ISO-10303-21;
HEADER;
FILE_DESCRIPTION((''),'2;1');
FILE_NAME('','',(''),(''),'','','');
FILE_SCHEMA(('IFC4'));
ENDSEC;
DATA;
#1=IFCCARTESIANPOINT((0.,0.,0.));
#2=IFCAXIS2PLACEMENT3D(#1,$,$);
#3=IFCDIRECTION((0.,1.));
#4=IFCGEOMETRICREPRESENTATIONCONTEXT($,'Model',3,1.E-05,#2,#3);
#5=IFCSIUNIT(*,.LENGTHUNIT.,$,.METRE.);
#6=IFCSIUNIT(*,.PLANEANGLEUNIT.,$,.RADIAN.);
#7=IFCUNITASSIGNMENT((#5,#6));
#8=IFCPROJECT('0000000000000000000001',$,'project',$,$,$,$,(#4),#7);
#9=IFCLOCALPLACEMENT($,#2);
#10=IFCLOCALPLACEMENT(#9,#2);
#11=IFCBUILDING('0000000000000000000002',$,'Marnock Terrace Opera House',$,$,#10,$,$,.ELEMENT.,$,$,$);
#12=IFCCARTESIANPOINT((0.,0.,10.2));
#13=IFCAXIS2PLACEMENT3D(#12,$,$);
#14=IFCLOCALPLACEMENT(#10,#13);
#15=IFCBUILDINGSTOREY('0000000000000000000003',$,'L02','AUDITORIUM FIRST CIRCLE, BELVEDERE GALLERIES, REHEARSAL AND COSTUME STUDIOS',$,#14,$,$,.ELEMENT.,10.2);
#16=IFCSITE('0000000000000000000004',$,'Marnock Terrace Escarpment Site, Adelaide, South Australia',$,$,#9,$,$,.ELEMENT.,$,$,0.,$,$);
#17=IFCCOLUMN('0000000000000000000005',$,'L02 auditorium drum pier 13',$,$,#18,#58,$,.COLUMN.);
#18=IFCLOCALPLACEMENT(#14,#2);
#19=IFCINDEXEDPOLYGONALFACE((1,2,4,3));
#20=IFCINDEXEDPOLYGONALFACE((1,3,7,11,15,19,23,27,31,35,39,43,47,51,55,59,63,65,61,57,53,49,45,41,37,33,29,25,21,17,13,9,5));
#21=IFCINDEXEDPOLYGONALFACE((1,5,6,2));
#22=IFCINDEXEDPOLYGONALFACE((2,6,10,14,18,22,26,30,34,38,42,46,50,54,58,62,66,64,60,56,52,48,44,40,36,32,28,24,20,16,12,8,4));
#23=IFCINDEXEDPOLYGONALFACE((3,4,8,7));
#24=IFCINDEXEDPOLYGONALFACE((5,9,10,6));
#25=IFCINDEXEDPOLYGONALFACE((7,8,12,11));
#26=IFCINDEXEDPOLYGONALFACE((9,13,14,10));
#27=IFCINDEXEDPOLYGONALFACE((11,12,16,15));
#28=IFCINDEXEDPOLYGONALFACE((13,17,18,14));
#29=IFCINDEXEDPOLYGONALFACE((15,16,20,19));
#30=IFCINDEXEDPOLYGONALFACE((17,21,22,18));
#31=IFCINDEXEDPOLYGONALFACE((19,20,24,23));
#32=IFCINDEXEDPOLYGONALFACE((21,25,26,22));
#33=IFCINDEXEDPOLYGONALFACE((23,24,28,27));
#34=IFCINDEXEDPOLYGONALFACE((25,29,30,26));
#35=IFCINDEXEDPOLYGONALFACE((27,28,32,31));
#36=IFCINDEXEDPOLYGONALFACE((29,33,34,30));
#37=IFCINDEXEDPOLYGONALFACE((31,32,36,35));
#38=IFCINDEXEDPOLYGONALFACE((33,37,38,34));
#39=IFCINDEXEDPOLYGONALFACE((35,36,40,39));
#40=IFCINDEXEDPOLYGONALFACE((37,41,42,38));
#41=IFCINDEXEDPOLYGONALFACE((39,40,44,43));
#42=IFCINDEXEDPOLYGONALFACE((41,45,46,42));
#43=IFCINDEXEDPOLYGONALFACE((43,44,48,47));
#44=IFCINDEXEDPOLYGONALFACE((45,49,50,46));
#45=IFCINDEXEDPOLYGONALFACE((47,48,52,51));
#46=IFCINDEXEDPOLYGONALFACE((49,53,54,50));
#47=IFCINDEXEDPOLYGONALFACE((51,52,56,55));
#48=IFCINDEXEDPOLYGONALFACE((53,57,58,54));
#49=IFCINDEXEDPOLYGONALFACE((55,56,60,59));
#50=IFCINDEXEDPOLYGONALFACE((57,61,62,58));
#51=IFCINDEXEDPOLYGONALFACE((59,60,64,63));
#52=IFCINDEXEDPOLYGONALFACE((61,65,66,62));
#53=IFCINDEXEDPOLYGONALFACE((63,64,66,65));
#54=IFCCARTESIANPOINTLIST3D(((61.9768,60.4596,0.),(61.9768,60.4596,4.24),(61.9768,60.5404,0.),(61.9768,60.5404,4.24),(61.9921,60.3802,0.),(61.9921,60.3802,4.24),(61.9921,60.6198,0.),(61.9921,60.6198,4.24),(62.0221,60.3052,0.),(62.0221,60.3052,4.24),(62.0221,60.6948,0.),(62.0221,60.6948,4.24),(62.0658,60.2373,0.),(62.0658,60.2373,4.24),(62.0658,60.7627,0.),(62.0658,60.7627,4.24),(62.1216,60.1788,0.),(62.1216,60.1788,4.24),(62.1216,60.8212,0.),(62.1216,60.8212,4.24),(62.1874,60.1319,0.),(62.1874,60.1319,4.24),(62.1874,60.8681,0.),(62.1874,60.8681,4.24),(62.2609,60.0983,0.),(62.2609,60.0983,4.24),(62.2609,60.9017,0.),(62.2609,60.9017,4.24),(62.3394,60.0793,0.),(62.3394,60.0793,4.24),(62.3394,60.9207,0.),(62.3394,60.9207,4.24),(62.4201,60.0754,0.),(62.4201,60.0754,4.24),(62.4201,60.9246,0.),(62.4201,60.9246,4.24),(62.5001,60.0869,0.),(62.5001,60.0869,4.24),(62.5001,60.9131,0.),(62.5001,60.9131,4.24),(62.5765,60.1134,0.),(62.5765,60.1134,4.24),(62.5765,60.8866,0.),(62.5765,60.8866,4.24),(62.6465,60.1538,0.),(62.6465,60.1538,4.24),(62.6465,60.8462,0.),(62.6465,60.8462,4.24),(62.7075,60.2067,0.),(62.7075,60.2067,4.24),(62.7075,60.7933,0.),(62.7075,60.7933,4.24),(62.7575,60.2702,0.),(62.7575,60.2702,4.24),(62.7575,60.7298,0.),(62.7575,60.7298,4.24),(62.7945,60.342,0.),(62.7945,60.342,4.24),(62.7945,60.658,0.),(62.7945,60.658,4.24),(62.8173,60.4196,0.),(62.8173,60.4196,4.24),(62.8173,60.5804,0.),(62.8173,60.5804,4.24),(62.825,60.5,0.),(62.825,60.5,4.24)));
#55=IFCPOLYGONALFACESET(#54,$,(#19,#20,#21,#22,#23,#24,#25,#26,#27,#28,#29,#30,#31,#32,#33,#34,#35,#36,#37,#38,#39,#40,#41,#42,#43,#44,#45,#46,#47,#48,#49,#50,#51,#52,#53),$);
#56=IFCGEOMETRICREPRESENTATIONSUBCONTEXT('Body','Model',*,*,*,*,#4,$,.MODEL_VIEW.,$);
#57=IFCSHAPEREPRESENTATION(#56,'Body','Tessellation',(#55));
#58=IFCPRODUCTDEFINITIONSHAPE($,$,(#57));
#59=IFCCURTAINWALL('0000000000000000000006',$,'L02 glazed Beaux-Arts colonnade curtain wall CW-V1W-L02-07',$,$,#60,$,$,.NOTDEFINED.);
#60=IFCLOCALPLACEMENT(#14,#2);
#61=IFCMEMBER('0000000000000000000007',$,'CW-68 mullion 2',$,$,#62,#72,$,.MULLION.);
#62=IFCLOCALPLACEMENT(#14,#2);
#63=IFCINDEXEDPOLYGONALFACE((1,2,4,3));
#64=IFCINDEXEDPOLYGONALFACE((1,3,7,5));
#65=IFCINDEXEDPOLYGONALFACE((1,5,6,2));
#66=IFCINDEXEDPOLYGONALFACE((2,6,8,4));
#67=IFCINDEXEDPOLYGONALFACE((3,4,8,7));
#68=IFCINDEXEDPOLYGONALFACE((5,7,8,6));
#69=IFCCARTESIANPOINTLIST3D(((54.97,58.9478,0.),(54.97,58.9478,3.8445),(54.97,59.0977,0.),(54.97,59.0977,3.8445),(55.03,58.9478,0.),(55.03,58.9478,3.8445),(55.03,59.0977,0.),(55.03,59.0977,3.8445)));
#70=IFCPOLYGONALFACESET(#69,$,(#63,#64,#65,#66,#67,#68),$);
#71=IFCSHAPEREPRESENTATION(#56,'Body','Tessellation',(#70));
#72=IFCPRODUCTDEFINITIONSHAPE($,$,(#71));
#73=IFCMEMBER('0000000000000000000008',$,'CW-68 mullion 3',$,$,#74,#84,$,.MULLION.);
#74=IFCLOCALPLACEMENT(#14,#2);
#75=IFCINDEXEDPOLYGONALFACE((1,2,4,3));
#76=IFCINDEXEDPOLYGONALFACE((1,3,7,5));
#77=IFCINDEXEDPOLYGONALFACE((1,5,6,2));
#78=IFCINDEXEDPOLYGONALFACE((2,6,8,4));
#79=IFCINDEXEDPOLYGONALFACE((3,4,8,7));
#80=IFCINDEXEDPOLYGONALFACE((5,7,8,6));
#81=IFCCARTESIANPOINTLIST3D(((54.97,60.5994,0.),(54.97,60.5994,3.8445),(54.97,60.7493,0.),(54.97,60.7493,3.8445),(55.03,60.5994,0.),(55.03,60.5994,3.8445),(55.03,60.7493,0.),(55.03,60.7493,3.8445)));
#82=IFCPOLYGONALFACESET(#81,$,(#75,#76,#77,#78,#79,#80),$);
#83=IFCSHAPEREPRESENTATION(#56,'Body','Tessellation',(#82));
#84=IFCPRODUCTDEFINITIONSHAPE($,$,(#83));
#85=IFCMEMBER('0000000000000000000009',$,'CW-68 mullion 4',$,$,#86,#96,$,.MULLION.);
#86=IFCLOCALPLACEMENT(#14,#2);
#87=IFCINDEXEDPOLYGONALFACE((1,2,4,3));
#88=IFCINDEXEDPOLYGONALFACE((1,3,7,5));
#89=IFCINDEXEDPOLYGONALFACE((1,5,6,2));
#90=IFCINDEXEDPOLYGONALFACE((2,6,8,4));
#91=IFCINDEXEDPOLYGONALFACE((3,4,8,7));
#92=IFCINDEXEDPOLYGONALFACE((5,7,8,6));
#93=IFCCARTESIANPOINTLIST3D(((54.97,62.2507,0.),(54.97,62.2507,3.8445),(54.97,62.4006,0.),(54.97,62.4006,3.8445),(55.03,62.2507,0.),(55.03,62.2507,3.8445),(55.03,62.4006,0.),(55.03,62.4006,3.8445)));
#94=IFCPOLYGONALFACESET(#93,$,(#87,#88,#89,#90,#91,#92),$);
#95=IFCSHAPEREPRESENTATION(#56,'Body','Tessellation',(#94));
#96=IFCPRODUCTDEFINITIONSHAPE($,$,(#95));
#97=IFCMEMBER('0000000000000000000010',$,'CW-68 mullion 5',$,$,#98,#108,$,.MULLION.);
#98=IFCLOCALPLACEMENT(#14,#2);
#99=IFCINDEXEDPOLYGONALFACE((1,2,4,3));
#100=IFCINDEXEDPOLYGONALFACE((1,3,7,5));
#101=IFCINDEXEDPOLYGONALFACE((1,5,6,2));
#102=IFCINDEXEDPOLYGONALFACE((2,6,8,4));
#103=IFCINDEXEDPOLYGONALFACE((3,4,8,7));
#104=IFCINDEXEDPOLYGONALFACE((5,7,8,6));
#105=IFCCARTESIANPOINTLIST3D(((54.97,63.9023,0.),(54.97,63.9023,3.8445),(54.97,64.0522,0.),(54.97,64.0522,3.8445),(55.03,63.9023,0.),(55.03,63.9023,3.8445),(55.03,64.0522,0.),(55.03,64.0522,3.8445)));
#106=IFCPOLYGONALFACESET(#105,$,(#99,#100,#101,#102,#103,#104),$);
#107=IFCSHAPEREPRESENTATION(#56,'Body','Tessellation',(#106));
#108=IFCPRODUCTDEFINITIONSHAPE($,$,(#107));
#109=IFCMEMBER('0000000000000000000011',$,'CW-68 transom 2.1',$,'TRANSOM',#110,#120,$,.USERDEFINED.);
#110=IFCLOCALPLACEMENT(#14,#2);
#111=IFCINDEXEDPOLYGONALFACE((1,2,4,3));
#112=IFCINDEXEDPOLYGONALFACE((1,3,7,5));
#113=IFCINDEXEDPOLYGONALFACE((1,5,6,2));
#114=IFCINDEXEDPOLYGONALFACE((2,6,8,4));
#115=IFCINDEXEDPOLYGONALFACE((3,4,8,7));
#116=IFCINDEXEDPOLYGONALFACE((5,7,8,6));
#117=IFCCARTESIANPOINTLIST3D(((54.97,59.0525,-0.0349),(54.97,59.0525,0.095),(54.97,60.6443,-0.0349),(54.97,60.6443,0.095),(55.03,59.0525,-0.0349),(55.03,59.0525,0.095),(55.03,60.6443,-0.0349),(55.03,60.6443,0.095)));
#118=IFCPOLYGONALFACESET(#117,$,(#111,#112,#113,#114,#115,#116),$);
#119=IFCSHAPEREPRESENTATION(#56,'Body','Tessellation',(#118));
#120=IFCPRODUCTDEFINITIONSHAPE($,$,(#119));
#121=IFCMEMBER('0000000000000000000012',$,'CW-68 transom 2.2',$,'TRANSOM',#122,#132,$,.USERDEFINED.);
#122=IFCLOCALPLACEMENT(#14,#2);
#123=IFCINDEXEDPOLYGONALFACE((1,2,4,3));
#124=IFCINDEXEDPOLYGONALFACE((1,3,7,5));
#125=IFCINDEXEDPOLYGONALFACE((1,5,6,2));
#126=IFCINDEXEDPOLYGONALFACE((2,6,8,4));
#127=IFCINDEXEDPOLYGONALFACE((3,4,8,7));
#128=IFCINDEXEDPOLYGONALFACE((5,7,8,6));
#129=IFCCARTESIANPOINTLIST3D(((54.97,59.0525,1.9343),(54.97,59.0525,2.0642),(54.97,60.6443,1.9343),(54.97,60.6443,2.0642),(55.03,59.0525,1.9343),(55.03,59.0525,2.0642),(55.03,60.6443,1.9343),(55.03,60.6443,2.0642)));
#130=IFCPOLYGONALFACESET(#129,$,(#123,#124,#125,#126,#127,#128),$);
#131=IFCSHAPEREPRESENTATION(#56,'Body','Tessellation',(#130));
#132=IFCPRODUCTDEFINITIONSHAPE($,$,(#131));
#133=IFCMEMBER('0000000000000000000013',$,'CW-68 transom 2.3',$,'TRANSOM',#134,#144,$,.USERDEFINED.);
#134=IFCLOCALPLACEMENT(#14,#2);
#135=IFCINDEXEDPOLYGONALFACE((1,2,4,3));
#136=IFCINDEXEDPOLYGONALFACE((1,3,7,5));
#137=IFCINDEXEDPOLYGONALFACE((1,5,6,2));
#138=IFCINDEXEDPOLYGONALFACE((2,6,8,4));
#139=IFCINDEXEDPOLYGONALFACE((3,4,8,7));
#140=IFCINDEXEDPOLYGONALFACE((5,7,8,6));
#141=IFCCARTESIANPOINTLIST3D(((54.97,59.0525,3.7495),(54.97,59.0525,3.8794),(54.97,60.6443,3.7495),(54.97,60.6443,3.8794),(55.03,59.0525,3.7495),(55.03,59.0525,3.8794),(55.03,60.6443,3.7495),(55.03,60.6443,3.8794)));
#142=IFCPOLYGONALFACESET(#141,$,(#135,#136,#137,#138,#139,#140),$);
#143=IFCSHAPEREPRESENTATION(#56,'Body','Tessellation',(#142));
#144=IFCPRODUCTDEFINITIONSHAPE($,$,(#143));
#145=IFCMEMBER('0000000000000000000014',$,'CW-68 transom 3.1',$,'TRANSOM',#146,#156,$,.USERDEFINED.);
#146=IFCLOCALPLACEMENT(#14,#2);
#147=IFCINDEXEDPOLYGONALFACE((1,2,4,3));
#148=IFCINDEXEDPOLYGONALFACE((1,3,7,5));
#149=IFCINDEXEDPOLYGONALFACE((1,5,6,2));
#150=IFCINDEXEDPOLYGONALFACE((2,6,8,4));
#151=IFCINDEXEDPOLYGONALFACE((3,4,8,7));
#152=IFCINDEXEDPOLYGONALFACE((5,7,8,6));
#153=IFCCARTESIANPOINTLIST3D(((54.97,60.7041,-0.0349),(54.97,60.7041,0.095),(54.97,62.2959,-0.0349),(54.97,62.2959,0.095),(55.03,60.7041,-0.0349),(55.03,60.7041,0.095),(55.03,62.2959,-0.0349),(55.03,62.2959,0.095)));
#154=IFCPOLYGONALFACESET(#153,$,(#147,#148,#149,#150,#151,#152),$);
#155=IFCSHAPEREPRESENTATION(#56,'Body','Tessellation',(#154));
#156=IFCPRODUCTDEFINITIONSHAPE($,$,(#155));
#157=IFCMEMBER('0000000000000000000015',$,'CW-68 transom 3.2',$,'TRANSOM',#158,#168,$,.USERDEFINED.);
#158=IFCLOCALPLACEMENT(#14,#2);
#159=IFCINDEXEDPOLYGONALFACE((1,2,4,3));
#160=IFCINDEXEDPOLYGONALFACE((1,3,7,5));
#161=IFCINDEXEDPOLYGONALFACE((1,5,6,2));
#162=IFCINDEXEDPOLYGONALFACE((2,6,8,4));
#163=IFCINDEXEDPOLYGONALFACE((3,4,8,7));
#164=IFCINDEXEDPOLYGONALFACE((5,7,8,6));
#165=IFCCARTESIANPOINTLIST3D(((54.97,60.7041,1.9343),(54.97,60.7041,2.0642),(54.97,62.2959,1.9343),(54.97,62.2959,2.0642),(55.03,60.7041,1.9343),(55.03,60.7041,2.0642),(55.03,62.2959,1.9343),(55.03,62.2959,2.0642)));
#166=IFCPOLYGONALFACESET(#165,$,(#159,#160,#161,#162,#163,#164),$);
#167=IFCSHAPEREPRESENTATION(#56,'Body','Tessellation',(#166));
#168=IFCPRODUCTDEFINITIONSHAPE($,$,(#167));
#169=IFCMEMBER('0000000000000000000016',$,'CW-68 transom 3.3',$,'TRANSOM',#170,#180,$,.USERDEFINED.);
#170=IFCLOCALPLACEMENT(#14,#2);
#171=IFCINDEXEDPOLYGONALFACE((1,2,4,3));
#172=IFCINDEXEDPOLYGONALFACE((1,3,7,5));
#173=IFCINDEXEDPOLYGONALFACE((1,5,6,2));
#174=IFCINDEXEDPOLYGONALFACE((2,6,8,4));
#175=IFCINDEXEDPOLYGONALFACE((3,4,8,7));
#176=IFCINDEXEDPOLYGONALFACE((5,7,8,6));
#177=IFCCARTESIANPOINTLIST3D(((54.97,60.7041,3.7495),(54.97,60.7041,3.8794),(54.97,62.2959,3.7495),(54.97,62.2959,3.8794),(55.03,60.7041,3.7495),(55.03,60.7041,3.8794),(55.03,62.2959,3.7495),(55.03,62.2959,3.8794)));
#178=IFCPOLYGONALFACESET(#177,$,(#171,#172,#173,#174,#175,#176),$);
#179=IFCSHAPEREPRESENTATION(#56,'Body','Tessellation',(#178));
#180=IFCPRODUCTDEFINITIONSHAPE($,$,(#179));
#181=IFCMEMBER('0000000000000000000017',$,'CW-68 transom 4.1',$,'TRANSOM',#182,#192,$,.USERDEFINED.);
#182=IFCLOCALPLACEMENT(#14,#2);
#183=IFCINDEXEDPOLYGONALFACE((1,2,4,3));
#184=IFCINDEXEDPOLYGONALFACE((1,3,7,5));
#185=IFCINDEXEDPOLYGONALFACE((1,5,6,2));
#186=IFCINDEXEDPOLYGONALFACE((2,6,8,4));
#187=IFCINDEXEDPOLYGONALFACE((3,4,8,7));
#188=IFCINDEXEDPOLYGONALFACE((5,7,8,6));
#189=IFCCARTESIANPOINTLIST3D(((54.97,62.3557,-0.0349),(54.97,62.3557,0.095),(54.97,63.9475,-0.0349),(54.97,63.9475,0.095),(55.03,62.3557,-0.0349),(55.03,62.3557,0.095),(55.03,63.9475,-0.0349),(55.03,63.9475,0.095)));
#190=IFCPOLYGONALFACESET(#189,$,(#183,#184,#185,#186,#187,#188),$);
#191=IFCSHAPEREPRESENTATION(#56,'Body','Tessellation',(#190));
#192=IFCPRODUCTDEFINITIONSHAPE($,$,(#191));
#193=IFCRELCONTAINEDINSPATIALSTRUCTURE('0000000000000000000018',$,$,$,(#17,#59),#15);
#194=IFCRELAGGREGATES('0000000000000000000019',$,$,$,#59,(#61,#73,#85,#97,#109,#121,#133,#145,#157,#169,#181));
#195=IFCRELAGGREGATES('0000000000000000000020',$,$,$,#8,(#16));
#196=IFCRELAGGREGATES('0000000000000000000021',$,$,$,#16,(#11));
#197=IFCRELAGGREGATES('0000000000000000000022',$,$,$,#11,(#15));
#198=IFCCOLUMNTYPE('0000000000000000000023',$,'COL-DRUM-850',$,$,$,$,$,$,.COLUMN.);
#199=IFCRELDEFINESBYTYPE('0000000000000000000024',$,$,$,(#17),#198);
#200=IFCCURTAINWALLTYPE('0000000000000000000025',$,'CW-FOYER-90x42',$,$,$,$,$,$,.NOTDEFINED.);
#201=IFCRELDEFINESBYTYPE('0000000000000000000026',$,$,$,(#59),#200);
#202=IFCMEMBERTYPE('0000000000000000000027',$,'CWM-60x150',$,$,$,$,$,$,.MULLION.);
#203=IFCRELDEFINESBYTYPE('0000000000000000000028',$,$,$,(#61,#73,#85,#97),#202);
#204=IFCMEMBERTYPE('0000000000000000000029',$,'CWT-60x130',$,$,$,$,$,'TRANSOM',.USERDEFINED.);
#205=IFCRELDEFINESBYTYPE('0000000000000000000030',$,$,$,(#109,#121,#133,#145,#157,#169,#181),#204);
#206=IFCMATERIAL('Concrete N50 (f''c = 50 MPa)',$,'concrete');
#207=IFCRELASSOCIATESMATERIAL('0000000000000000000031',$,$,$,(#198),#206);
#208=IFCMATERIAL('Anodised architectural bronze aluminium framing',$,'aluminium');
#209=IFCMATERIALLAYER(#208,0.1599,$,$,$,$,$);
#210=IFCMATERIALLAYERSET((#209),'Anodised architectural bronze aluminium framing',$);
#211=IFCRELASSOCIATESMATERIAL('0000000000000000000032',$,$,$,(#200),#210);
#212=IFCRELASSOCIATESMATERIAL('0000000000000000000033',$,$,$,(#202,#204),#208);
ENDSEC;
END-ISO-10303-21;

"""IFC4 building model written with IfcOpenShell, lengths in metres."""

from ifc_helpers import new_model, si_unit, direction, frame, origin, origin_2d, place, context, subcontext, project, spatial, rectangle, circle, extrude, material, layer, layer_set, material_profile, profile_set, type_object, element, aggregate, save


model = new_model("IFC4")

# Units and contexts
model_context = context("Model", 3, precision=1e-05, world=origin(), true_north=direction((0.0, 1.0)))
body_context = subcontext(model_context, "Body", "Model", "MODEL_VIEW")
ifc_project = project(units=[si_unit("LENGTHUNIT", "METRE"), si_unit("PLANEANGLEUNIT", "RADIAN")], contexts=[model_context])

# Site, building, storey
site_placement = place(None, origin())
site = spatial("IfcSite", under=ifc_project, at=site_placement, Name="Marnock Terrace Escarpment Site, Adelaide, South Australia", CompositionType="ELEMENT", RefElevation=0.0)
building_placement = place(site_placement, origin())
building = spatial("IfcBuilding", under=site, at=building_placement, Name="Marnock Terrace Opera House", CompositionType="ELEMENT")
storey_placement = place(building_placement, frame((0.0, 0.0, 10.2)))
storey = spatial("IfcBuildingStorey", under=building, at=storey_placement, Name="L02", Description="AUDITORIUM FIRST CIRCLE, BELVEDERE GALLERIES, REHEARSAL AND COSTUME STUDIOS", CompositionType="ELEMENT", Elevation=10.2)

# Column
ifc_material_1 = material(Name="Concrete N50 (f'c = 50 MPa)", Category="concrete")
ifc_material_profile_1 = material_profile(ifc_material_1, circle(Radius=0.425, at=origin_2d()))
ifc_profile_set_1 = profile_set([ifc_material_profile_1], Name="Concrete N50 (f'c = 50 MPa)")
column_type = type_object("IfcColumnType", Name="COL-DRUM-850", PredefinedType="COLUMN", material=ifc_profile_set_1)
column_placement = place(storey_placement, frame((62.3999, 60.5, 0.0), z_axis=(0.0, 0.0, 1.0), x_axis=(1.0, 0.0, 0.0)))
element("IfcColumn", 1, at=column_placement, inside=storey, type_object=column_type, Name="L02 auditorium drum pier 13", PredefinedType="COLUMN", context=body_context, shape_type="SweptSolid", body=[
    extrude(circle(Radius=0.425, at=origin_2d()), origin(), (0.0, 0.0, 1.0), 4.24),
])

# Curtain wall, members
ifc_material_2 = material(Name="Anodised architectural bronze aluminium framing", Category="aluminium")
ifc_layer_1 = layer(ifc_material_2, 0.1599)
ifc_layer_set_1 = layer_set([ifc_layer_1], Name="Anodised architectural bronze aluminium framing")
curtain_wall_type = type_object("IfcCurtainWallType", Name="CW-FOYER-90x42", PredefinedType="NOTDEFINED", material=ifc_layer_set_1)
curtain_wall_placement = place(storey_placement, origin())
curtain_wall = element("IfcCurtainWall", 2, at=curtain_wall_placement, inside=storey, type_object=curtain_wall_type, Name="L02 glazed Beaux-Arts colonnade curtain wall CW-V1W-L02-07", PredefinedType="NOTDEFINED")
ifc_material_profile_2 = material_profile(ifc_material_2, rectangle(XDim=0.0601, YDim=0.1499, at=origin_2d()))
ifc_profile_set_2 = profile_set([ifc_material_profile_2], Name="Anodised architectural bronze aluminium framing")
member_type_1 = type_object("IfcMemberType", Name="CWM-60x150", PredefinedType="MULLION", material=ifc_profile_set_2)
member_1_placement = place(storey_placement, frame((55.0, 59.0227, 0.0), z_axis=(0.0, 0.0, 1.0), x_axis=(-1.0, 0.0, 0.0)))
member_1 = element("IfcMember", 3, at=member_1_placement, type_object=member_type_1, Name="CW-68 mullion 2", PredefinedType="MULLION", context=body_context, shape_type="SweptSolid", body=[
    extrude(rectangle(XDim=0.0601, YDim=0.1499, at=origin_2d()), origin(), (0.0, 0.0, 1.0), 3.8445),
])
member_2_placement = place(storey_placement, frame((55.0, 60.6743, 0.0), z_axis=(0.0, 0.0, 1.0), x_axis=(-1.0, 0.0, 0.0)))
member_2 = element("IfcMember", 4, at=member_2_placement, type_object=member_type_1, Name="CW-68 mullion 3", PredefinedType="MULLION", context=body_context, shape_type="SweptSolid", body=[
    extrude(rectangle(XDim=0.0601, YDim=0.1499, at=origin_2d()), origin(), (0.0, 0.0, 1.0), 3.8445),
])
member_3_placement = place(storey_placement, frame((55.0, 62.3257, 0.0), z_axis=(0.0, 0.0, 1.0), x_axis=(-1.0, 0.0, 0.0)))
member_3 = element("IfcMember", 5, at=member_3_placement, type_object=member_type_1, Name="CW-68 mullion 4", PredefinedType="MULLION", context=body_context, shape_type="SweptSolid", body=[
    extrude(rectangle(XDim=0.0601, YDim=0.1499, at=origin_2d()), origin(), (0.0, 0.0, 1.0), 3.8445),
])
member_4_placement = place(storey_placement, frame((55.0, 63.9773, 0.0), z_axis=(0.0, 0.0, 1.0), x_axis=(-1.0, 0.0, 0.0)))
member_4 = element("IfcMember", 6, at=member_4_placement, type_object=member_type_1, Name="CW-68 mullion 5", PredefinedType="MULLION", context=body_context, shape_type="SweptSolid", body=[
    extrude(rectangle(XDim=0.0601, YDim=0.1499, at=origin_2d()), origin(), (0.0, 0.0, 1.0), 3.8445),
])
ifc_material_profile_3 = material_profile(ifc_material_2, rectangle(XDim=0.0601, YDim=0.1299, at=origin_2d()))
ifc_profile_set_3 = profile_set([ifc_material_profile_3], Name="Anodised architectural bronze aluminium framing")
member_type_2 = type_object("IfcMemberType", Name="CWT-60x130", ElementType="TRANSOM", PredefinedType="USERDEFINED", material=ifc_profile_set_3)
member_5_placement = place(storey_placement, frame((55.0, 59.0525, 0.03), z_axis=(0.0, 1.0, 0.0), x_axis=(-1.0, 0.0, 0.0)))
member_5 = element("IfcMember", 7, at=member_5_placement, type_object=member_type_2, Name="CW-68 transom 2.1", ObjectType="TRANSOM", PredefinedType="USERDEFINED", context=body_context, shape_type="SweptSolid", body=[
    extrude(rectangle(XDim=0.0601, YDim=0.1299, at=origin_2d()), origin(), (0.0, 0.0, 1.0), 1.5918),
])
member_6_placement = place(storey_placement, frame((55.0, 59.0525, 1.9993), z_axis=(0.0, 1.0, 0.0), x_axis=(-1.0, 0.0, 0.0)))
member_6 = element("IfcMember", 8, at=member_6_placement, type_object=member_type_2, Name="CW-68 transom 2.2", ObjectType="TRANSOM", PredefinedType="USERDEFINED", context=body_context, shape_type="SweptSolid", body=[
    extrude(rectangle(XDim=0.0601, YDim=0.1299, at=origin_2d()), origin(), (0.0, 0.0, 1.0), 1.5918),
])
member_7_placement = place(storey_placement, frame((55.0, 59.0525, 3.8145), z_axis=(0.0, 1.0, 0.0), x_axis=(-1.0, 0.0, 0.0)))
member_7 = element("IfcMember", 9, at=member_7_placement, type_object=member_type_2, Name="CW-68 transom 2.3", ObjectType="TRANSOM", PredefinedType="USERDEFINED", context=body_context, shape_type="SweptSolid", body=[
    extrude(rectangle(XDim=0.0601, YDim=0.1299, at=origin_2d()), origin(), (0.0, 0.0, 1.0), 1.5918),
])
member_8_placement = place(storey_placement, frame((55.0, 60.7041, 0.03), z_axis=(0.0, 1.0, 0.0), x_axis=(-1.0, 0.0, 0.0)))
member_8 = element("IfcMember", 10, at=member_8_placement, type_object=member_type_2, Name="CW-68 transom 3.1", ObjectType="TRANSOM", PredefinedType="USERDEFINED", context=body_context, shape_type="SweptSolid", body=[
    extrude(rectangle(XDim=0.0601, YDim=0.1299, at=origin_2d()), origin(), (0.0, 0.0, 1.0), 1.5918),
])
member_9_placement = place(storey_placement, frame((55.0, 60.7041, 1.9993), z_axis=(0.0, 1.0, 0.0), x_axis=(-1.0, 0.0, 0.0)))
member_9 = element("IfcMember", 11, at=member_9_placement, type_object=member_type_2, Name="CW-68 transom 3.2", ObjectType="TRANSOM", PredefinedType="USERDEFINED", context=body_context, shape_type="SweptSolid", body=[
    extrude(rectangle(XDim=0.0601, YDim=0.1299, at=origin_2d()), origin(), (0.0, 0.0, 1.0), 1.5918),
])
member_10_placement = place(storey_placement, frame((55.0, 60.7041, 3.8145), z_axis=(0.0, 1.0, 0.0), x_axis=(-1.0, 0.0, 0.0)))
member_10 = element("IfcMember", 12, at=member_10_placement, type_object=member_type_2, Name="CW-68 transom 3.3", ObjectType="TRANSOM", PredefinedType="USERDEFINED", context=body_context, shape_type="SweptSolid", body=[
    extrude(rectangle(XDim=0.0601, YDim=0.1299, at=origin_2d()), origin(), (0.0, 0.0, 1.0), 1.5918),
])
member_11_placement = place(storey_placement, frame((55.0, 62.3557, 0.03), z_axis=(0.0, 1.0, 0.0), x_axis=(-1.0, 0.0, 0.0)))
member_11 = element("IfcMember", 13, at=member_11_placement, type_object=member_type_2, Name="CW-68 transom 4.1", ObjectType="TRANSOM", PredefinedType="USERDEFINED", context=body_context, shape_type="SweptSolid", body=[
    extrude(rectangle(XDim=0.0601, YDim=0.1299, at=origin_2d()), origin(), (0.0, 0.0, 1.0), 1.5918),
])
aggregate(curtain_wall, [member_1, member_2, member_3, member_4, member_5, member_6, member_7, member_8, member_9, member_10, member_11])

save(model, "model.ifc")
